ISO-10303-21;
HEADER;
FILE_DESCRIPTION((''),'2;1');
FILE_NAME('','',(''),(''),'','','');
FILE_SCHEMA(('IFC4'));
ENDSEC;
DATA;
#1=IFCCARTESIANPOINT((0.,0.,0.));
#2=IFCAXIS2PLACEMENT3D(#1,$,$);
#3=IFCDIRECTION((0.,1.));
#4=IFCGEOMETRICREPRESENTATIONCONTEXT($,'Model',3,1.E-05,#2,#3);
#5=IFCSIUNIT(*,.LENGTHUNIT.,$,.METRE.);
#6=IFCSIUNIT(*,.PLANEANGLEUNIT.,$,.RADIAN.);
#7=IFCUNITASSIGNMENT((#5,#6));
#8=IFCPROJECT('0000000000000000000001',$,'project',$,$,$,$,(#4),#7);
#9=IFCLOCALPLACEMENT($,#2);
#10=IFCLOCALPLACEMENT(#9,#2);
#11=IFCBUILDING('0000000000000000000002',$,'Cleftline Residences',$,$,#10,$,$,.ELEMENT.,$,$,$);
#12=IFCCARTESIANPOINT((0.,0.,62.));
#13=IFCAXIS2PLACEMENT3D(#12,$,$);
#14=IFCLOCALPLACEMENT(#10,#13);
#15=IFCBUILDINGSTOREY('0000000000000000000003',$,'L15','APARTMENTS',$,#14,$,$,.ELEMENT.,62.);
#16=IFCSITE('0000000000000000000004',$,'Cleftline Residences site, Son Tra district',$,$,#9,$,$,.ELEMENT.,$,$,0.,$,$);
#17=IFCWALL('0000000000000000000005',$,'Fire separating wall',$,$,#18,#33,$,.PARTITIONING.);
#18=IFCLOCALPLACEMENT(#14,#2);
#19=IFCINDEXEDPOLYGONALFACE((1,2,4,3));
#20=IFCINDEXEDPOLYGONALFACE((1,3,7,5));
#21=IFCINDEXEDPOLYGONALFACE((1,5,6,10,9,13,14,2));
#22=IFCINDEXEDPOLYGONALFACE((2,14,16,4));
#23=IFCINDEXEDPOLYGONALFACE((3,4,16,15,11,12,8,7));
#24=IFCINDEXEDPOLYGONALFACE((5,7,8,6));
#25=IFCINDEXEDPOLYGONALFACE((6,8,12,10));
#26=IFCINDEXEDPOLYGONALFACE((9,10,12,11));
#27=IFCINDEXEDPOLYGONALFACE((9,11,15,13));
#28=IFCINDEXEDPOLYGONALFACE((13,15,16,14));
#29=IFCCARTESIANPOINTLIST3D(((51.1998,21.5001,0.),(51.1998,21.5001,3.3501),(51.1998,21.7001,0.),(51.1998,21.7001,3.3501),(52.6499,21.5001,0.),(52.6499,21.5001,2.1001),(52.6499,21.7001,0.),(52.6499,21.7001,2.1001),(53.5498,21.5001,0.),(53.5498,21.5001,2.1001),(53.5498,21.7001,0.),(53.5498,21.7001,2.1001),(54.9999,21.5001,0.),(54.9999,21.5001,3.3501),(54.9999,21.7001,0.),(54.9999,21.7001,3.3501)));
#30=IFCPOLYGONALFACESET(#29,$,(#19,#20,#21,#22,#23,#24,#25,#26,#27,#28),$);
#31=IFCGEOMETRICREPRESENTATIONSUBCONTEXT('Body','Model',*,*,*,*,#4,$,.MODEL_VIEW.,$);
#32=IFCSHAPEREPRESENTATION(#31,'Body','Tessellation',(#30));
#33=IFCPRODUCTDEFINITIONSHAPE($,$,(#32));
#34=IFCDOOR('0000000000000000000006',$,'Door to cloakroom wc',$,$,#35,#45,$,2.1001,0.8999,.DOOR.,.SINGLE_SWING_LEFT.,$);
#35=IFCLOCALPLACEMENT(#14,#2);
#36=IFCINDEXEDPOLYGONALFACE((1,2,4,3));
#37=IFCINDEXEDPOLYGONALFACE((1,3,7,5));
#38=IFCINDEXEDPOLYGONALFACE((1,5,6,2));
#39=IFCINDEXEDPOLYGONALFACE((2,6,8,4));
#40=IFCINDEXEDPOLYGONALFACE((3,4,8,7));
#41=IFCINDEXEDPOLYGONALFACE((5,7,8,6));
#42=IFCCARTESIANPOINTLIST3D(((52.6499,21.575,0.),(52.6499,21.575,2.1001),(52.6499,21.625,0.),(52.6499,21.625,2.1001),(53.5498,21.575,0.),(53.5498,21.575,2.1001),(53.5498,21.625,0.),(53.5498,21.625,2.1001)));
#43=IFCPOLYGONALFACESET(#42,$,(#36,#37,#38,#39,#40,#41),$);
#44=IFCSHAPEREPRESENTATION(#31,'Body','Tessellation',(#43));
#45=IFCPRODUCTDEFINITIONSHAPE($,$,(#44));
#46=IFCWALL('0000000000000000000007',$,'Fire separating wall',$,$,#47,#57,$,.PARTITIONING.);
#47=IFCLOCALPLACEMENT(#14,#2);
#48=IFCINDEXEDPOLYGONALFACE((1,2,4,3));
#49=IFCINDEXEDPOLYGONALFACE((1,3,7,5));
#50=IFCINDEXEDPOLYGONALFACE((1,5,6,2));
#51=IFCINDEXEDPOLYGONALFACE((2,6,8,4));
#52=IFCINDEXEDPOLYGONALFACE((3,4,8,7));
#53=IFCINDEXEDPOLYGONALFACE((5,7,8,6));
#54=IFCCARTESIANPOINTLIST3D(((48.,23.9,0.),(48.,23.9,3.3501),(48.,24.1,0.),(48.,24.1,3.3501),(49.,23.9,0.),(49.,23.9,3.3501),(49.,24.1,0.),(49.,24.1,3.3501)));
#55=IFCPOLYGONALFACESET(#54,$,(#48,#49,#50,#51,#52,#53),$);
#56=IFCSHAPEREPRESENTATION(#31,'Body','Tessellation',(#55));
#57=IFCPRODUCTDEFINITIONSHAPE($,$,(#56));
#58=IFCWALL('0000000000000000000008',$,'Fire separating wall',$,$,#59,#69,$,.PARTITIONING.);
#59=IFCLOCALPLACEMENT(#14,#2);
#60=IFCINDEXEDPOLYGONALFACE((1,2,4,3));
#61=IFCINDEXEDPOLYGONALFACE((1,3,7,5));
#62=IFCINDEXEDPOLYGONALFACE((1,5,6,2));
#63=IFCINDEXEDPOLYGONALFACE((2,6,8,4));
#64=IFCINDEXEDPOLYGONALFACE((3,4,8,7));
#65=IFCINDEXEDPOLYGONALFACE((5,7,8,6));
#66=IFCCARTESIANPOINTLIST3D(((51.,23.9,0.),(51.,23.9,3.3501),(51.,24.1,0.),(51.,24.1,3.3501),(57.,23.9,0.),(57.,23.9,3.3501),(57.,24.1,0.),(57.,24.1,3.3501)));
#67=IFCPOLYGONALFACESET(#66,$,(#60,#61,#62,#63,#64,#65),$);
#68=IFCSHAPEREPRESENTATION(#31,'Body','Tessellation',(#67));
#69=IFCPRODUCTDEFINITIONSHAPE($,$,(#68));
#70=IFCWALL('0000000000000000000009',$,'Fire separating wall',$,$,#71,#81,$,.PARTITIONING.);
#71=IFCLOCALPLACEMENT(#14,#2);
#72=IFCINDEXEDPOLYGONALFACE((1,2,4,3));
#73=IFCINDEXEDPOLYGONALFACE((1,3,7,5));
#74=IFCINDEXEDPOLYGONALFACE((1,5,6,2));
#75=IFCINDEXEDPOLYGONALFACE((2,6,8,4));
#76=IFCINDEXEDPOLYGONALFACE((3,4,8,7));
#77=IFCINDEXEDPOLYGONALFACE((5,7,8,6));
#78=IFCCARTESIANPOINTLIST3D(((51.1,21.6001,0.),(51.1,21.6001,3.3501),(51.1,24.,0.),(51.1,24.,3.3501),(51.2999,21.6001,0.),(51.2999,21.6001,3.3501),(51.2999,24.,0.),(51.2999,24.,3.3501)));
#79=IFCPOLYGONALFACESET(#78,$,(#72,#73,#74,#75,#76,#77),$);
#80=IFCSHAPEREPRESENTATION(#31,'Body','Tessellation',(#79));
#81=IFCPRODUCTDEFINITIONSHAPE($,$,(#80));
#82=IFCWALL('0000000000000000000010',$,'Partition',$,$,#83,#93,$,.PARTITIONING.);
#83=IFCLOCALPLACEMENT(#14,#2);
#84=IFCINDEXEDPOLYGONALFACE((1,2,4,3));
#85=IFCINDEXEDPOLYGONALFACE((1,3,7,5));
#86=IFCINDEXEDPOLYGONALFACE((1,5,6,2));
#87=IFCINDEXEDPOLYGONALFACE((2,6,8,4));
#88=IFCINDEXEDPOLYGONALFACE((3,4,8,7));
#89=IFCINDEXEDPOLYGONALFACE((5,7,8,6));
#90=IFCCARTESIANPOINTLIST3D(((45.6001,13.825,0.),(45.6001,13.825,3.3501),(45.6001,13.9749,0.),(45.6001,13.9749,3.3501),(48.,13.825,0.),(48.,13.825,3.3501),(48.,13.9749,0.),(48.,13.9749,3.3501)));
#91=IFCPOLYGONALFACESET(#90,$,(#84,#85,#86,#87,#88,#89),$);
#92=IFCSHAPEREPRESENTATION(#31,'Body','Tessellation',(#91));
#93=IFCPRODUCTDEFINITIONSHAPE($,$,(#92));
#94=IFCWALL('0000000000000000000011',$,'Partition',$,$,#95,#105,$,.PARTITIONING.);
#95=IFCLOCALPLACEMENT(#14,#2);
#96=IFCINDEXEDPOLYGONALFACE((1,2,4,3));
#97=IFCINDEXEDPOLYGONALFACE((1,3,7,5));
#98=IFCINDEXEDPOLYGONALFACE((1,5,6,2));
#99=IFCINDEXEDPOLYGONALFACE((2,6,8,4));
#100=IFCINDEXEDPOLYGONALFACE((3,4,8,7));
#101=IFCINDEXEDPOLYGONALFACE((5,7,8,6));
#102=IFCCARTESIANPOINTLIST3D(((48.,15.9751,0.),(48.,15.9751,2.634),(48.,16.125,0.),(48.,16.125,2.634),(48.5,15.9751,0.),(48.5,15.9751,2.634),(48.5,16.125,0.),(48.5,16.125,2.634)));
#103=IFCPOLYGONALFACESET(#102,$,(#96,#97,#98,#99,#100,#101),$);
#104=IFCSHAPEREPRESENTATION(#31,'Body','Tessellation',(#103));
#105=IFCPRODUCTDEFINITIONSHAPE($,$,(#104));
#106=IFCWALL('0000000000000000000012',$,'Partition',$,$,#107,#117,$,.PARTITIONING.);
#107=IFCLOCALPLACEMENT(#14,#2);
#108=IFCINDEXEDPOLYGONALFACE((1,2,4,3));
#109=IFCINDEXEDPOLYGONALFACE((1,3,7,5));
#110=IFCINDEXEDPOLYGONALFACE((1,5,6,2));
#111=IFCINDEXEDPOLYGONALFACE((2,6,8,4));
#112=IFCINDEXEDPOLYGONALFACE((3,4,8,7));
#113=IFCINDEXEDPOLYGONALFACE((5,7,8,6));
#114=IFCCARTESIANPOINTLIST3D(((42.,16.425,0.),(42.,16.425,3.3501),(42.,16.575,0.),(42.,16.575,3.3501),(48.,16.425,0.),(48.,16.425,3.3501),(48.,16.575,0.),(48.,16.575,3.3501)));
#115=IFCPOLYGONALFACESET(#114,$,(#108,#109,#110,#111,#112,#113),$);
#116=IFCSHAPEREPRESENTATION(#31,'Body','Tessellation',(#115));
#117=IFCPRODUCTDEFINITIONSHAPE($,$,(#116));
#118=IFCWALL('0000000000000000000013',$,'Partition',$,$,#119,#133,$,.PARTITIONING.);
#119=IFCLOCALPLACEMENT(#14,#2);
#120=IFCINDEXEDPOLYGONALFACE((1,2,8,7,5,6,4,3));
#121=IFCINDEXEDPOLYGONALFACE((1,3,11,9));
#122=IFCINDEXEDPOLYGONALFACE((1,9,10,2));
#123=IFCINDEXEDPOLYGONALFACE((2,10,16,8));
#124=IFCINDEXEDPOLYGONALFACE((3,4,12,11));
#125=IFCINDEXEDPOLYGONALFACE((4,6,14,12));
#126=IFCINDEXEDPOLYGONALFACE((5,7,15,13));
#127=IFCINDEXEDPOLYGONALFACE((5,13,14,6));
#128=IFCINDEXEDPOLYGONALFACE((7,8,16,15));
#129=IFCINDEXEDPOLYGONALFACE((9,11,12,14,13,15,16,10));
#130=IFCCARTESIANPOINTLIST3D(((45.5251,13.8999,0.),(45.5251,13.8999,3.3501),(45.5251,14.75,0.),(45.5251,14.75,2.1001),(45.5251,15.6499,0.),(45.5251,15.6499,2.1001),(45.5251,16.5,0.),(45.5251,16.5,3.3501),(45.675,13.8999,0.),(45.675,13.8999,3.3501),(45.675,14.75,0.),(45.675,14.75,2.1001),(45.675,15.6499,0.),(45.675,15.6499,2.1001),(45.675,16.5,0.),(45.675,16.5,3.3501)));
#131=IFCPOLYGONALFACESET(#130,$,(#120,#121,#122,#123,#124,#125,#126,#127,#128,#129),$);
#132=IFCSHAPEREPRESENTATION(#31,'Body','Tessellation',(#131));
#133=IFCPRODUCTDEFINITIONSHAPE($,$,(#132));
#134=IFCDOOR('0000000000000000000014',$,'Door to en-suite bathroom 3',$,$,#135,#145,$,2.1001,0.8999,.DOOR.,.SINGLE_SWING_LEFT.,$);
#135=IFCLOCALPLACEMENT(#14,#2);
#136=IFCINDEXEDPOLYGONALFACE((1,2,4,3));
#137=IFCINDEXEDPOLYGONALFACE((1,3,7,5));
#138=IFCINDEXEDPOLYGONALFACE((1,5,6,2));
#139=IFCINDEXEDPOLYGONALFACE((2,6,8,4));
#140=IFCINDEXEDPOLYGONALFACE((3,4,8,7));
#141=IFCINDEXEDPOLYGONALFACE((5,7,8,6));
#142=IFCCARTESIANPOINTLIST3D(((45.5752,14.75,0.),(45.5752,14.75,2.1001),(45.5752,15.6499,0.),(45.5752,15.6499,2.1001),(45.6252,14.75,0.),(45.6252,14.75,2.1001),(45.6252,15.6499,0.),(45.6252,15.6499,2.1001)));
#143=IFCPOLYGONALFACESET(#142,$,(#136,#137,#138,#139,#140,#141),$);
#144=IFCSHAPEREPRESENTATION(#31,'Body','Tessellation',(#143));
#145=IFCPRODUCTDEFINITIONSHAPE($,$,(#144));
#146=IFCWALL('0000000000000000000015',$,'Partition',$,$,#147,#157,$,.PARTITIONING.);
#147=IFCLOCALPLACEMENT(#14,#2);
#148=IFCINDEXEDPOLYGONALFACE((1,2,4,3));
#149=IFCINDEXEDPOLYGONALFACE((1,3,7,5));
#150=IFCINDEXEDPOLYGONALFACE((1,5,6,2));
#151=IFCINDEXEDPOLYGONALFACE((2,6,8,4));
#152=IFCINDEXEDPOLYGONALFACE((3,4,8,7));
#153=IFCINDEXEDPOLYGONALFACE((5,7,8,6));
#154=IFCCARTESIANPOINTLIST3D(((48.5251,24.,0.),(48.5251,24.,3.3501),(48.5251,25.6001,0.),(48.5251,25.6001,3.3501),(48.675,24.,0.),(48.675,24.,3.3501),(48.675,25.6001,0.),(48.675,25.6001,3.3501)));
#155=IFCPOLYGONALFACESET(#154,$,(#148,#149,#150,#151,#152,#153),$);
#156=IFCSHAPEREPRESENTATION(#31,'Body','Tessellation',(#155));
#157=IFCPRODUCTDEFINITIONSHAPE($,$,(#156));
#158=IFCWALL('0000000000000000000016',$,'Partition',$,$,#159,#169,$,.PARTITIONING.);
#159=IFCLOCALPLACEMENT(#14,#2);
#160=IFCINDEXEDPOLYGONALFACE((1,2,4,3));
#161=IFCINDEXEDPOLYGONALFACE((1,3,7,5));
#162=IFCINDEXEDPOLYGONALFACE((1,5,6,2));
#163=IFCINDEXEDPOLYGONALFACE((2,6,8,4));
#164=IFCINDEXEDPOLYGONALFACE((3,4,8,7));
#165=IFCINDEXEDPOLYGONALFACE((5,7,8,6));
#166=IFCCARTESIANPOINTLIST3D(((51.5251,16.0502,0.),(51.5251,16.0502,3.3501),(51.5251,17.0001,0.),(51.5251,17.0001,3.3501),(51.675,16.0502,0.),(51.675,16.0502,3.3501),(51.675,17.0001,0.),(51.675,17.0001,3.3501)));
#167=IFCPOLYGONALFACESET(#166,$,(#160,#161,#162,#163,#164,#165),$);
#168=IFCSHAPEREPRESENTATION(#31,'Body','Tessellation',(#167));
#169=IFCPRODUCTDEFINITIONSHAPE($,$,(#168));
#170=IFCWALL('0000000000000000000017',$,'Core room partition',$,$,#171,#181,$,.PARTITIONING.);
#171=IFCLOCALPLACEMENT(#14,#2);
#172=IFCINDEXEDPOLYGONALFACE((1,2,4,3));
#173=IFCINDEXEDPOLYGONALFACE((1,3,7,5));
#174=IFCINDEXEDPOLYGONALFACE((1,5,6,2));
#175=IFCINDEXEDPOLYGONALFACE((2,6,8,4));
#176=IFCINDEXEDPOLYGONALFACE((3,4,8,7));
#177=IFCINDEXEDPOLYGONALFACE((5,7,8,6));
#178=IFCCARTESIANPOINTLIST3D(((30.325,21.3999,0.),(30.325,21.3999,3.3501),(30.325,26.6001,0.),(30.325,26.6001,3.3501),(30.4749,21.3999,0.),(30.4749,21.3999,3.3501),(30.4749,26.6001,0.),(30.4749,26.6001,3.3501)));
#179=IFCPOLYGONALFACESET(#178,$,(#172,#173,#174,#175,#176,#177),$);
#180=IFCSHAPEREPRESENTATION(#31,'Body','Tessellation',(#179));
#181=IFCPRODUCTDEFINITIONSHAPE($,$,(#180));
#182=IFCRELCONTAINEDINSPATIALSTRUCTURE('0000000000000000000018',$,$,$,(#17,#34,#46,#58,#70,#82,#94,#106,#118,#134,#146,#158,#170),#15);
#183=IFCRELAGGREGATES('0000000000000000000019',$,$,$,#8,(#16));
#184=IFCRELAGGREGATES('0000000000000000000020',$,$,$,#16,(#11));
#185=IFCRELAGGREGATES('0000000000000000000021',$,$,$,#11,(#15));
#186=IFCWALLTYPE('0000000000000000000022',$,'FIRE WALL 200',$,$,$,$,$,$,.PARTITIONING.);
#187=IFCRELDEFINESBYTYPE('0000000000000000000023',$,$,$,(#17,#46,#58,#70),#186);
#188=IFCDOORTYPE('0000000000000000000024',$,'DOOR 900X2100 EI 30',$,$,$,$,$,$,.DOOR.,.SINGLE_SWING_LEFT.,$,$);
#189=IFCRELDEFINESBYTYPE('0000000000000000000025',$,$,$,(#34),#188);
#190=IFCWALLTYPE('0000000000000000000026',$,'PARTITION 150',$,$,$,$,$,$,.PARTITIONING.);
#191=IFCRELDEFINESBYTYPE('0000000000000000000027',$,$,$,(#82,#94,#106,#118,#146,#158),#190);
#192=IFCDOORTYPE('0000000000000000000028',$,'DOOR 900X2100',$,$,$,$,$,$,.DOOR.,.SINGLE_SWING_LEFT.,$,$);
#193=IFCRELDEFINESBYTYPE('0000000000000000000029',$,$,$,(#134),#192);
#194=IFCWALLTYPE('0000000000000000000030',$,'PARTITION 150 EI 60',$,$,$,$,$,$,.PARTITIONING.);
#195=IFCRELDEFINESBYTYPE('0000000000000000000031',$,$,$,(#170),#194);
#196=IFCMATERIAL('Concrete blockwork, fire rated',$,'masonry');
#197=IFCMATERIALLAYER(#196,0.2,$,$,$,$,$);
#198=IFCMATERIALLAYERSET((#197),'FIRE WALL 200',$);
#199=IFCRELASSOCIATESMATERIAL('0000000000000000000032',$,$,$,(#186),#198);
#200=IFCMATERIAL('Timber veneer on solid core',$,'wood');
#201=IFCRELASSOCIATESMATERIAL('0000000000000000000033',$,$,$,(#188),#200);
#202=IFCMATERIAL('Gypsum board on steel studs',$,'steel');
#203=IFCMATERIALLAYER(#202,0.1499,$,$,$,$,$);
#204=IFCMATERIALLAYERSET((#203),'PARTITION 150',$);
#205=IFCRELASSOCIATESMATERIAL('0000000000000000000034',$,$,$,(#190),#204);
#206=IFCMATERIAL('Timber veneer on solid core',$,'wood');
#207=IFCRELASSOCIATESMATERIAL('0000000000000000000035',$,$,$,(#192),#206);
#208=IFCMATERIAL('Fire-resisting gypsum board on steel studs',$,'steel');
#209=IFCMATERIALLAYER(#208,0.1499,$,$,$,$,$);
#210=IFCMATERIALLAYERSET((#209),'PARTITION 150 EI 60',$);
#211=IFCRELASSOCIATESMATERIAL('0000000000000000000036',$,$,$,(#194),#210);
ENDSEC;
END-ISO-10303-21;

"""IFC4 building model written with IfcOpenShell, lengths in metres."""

from ifc_helpers import new_model, si_unit, direction, frame, frame_2d, origin, place, context, subcontext, project, spatial, rectangle, extrude, material, layer, layer_set, type_object, element, fill, save


model = new_model("IFC4")

# Units and contexts
model_context = context("Model", 3, precision=1e-05, world=origin(), true_north=direction((0.0, 1.0)))
body_context = subcontext(model_context, "Body", "Model", "MODEL_VIEW")
ifc_project = project(units=[si_unit("LENGTHUNIT", "METRE"), si_unit("PLANEANGLEUNIT", "RADIAN")], contexts=[model_context])

# Site, building, storey
site_placement = place(None, origin())
site = spatial("IfcSite", under=ifc_project, at=site_placement, Name="Cleftline Residences site, Son Tra district", CompositionType="ELEMENT", RefElevation=0.0)
building_placement = place(site_placement, origin())
building = spatial("IfcBuilding", under=site, at=building_placement, Name="Cleftline Residences", CompositionType="ELEMENT")
storey_placement = place(building_placement, frame((0.0, 0.0, 62.0)))
storey = spatial("IfcBuildingStorey", under=building, at=storey_placement, Name="L15", Description="APARTMENTS", CompositionType="ELEMENT", Elevation=62.0)

# Shared definitions
ifc_material_1 = material(Name="Concrete blockwork, fire rated", Category="masonry")
ifc_layer_1 = layer(ifc_material_1, 0.2)
ifc_layer_set_1 = layer_set([ifc_layer_1], Name="FIRE WALL 200")
wall_type_1 = type_object("IfcWallType", Name="FIRE WALL 200", PredefinedType="PARTITIONING", material=ifc_layer_set_1)

# Wall, opening, door
wall_1_placement = place(storey_placement, frame((51.2, 21.6001, 0.0), z_axis=(0.0, 0.0, 1.0), x_axis=(1.0, 0.0, 0.0)))
wall_1 = element("IfcWall", 1, at=wall_1_placement, inside=storey, type_object=wall_type_1, Name="Fire separating wall", PredefinedType="PARTITIONING", context=body_context, shape_type="SweptSolid", body=[
    extrude(rectangle(XDim=3.8, YDim=0.2, at=frame_2d((1.8999, 0.0))), origin(), (0.0, 0.0, 1.0), 3.3501),
])
opening_1_placement = place(wall_1_placement, frame((1.45, 0.0, 0.0)))
opening_1 = element("IfcOpeningElement", 2, at=opening_1_placement, cuts=wall_1, PredefinedType="OPENING", context=body_context, shape_type="SweptSolid", body=[
    extrude(rectangle(XDim=0.8999, YDim=2.1001, at=frame_2d((0.45, 1.05))), frame((0.0, 0.1099, 0.0), z_axis=(0.0, -1.0, 0.0), x_axis=(1.0, 0.0, 0.0)), (0.0, 0.0, 1.0), 0.22),
])
ifc_material_2 = material(Name="Timber veneer on solid core", Category="wood")
door_type_1 = type_object("IfcDoorType", Name="DOOR 900X2100 EI 30", OperationType="SINGLE_SWING_LEFT", PredefinedType="DOOR", material=ifc_material_2)
door_1_placement = place(opening_1_placement, origin())
door_1 = element("IfcDoor", 3, at=door_1_placement, inside=storey, type_object=door_type_1, Name="Door to cloakroom wc", OperationType="SINGLE_SWING_LEFT", OverallHeight=2.1001, OverallWidth=0.8999, PredefinedType="DOOR", context=body_context, shape_type="SweptSolid", body=[
    extrude(rectangle(XDim=0.8999, YDim=2.1001, at=frame_2d((0.45, 1.05))), frame((0.0, 0.0249, 0.0), z_axis=(0.0, -1.0, 0.0), x_axis=(1.0, 0.0, 0.0)), (0.0, 0.0, 1.0), 0.05),
])
fill(opening_1, door_1)

# Walls
wall_2_placement = place(storey_placement, frame((48.0, 24.0, 0.0), z_axis=(0.0, 0.0, 1.0), x_axis=(1.0, 0.0, 0.0)))
element("IfcWall", 4, at=wall_2_placement, inside=storey, type_object=wall_type_1, Name="Fire separating wall", PredefinedType="PARTITIONING", context=body_context, shape_type="SweptSolid", body=[
    extrude(rectangle(XDim=1.0, YDim=0.2, at=frame_2d((0.5, 0.0))), origin(), (0.0, 0.0, 1.0), 3.3501),
])
wall_3_placement = place(storey_placement, frame((51.0, 24.0, 0.0), z_axis=(0.0, 0.0, 1.0), x_axis=(1.0, 0.0, 0.0)))
element("IfcWall", 5, at=wall_3_placement, inside=storey, type_object=wall_type_1, Name="Fire separating wall", PredefinedType="PARTITIONING", context=body_context, shape_type="SweptSolid", body=[
    extrude(rectangle(XDim=6.0, YDim=0.2, at=frame_2d((3.0, 0.0))), origin(), (0.0, 0.0, 1.0), 3.3501),
])

# Walls
wall_4_placement = place(storey_placement, frame((51.2, 21.6001, 0.0), z_axis=(0.0, 0.0, 1.0), x_axis=(0.0, 1.0, 0.0)))
element("IfcWall", 6, at=wall_4_placement, inside=storey, type_object=wall_type_1, Name="Fire separating wall", PredefinedType="PARTITIONING", context=body_context, shape_type="SweptSolid", body=[
    extrude(rectangle(XDim=2.3999, YDim=0.2, at=frame_2d((1.2, 0.0))), origin(), (0.0, 0.0, 1.0), 3.3501),
])
ifc_material_3 = material(Name="Gypsum board on steel studs", Category="steel")
ifc_layer_2 = layer(ifc_material_3, 0.1499)
ifc_layer_set_2 = layer_set([ifc_layer_2], Name="PARTITION 150")
wall_type_2 = type_object("IfcWallType", Name="PARTITION 150", PredefinedType="PARTITIONING", material=ifc_layer_set_2)
wall_5_placement = place(storey_placement, frame((45.6001, 13.8999, 0.0), z_axis=(0.0, 0.0, 1.0), x_axis=(1.0, 0.0, 0.0)))
element("IfcWall", 7, at=wall_5_placement, inside=storey, type_object=wall_type_2, Name="Partition", PredefinedType="PARTITIONING", context=body_context, shape_type="SweptSolid", body=[
    extrude(rectangle(XDim=2.3999, YDim=0.1499, at=frame_2d((1.2, 0.0))), origin(), (0.0, 0.0, 1.0), 3.3501),
])
wall_6_placement = place(storey_placement, frame((48.0, 16.05, 0.0), z_axis=(0.0, 0.0, 1.0), x_axis=(1.0, 0.0, 0.0)))
element("IfcWall", 8, at=wall_6_placement, inside=storey, type_object=wall_type_2, Name="Partition", PredefinedType="PARTITIONING", context=body_context, shape_type="SweptSolid", body=[
    extrude(rectangle(XDim=0.5, YDim=0.1499, at=frame_2d((0.25, 0.0))), origin(), (0.0, 0.0, 1.0), 2.634),
])
wall_7_placement = place(storey_placement, frame((42.0, 16.5, 0.0), z_axis=(0.0, 0.0, 1.0), x_axis=(1.0, 0.0, 0.0)))
element("IfcWall", 9, at=wall_7_placement, inside=storey, type_object=wall_type_2, Name="Partition", PredefinedType="PARTITIONING", context=body_context, shape_type="SweptSolid", body=[
    extrude(rectangle(XDim=6.0, YDim=0.1499, at=frame_2d((3.0, 0.0))), origin(), (0.0, 0.0, 1.0), 3.3501),
])

# Wall, opening, door
wall_8_placement = place(storey_placement, frame((45.6001, 13.8999, 0.0), z_axis=(0.0, 0.0, 1.0), x_axis=(0.0, 1.0, 0.0)))
wall_8 = element("IfcWall", 10, at=wall_8_placement, inside=storey, type_object=wall_type_2, Name="Partition", PredefinedType="PARTITIONING", context=body_context, shape_type="SweptSolid", body=[
    extrude(rectangle(XDim=2.6001, YDim=0.1499, at=frame_2d((1.3, 0.0))), origin(), (0.0, 0.0, 1.0), 3.3501),
])
opening_2_placement = place(wall_8_placement, frame((0.8501, 0.0, 0.0)))
opening_2 = element("IfcOpeningElement", 11, at=opening_2_placement, cuts=wall_8, PredefinedType="OPENING", context=body_context, shape_type="SweptSolid", body=[
    extrude(rectangle(XDim=0.8999, YDim=2.1001, at=frame_2d((0.45, 1.05))), frame((0.0, 0.085, 0.0), z_axis=(0.0, -1.0, 0.0), x_axis=(1.0, 0.0, 0.0)), (0.0, 0.0, 1.0), 0.1699),
])
ifc_material_4 = material(Name="Timber veneer on solid core", Category="wood")
door_type_2 = type_object("IfcDoorType", Name="DOOR 900X2100", OperationType="SINGLE_SWING_LEFT", PredefinedType="DOOR", material=ifc_material_4)
door_2_placement = place(opening_2_placement, origin())
door_2 = element("IfcDoor", 12, at=door_2_placement, inside=storey, type_object=door_type_2, Name="Door to en-suite bathroom 3", OperationType="SINGLE_SWING_LEFT", OverallHeight=2.1001, OverallWidth=0.8999, PredefinedType="DOOR", context=body_context, shape_type="SweptSolid", body=[
    extrude(rectangle(XDim=0.8999, YDim=2.1001, at=frame_2d((0.45, 1.05))), frame((0.0, 0.0249, 0.0), z_axis=(0.0, -1.0, 0.0), x_axis=(1.0, 0.0, 0.0)), (0.0, 0.0, 1.0), 0.05),
])
fill(opening_2, door_2)

# Walls
wall_9_placement = place(storey_placement, frame((48.6001, 24.0, 0.0), z_axis=(0.0, 0.0, 1.0), x_axis=(0.0, 1.0, 0.0)))
element("IfcWall", 13, at=wall_9_placement, inside=storey, type_object=wall_type_2, Name="Partition", PredefinedType="PARTITIONING", context=body_context, shape_type="SweptSolid", body=[
    extrude(rectangle(XDim=1.6001, YDim=0.1499, at=frame_2d((0.8, 0.0))), origin(), (0.0, 0.0, 1.0), 3.3501),
])
wall_10_placement = place(storey_placement, frame((51.6001, 16.05, 0.0), z_axis=(0.0, 0.0, 1.0), x_axis=(0.0, 1.0, 0.0)))
element("IfcWall", 14, at=wall_10_placement, inside=storey, type_object=wall_type_2, Name="Partition", PredefinedType="PARTITIONING", context=body_context, shape_type="SweptSolid", body=[
    extrude(rectangle(XDim=0.95, YDim=0.1499, at=frame_2d((0.4751, 0.0))), origin(), (0.0, 0.0, 1.0), 3.3501),
])
ifc_material_5 = material(Name="Fire-resisting gypsum board on steel studs", Category="steel")
ifc_layer_3 = layer(ifc_material_5, 0.1499)
ifc_layer_set_3 = layer_set([ifc_layer_3], Name="PARTITION 150 EI 60")
wall_type_3 = type_object("IfcWallType", Name="PARTITION 150 EI 60", PredefinedType="PARTITIONING", material=ifc_layer_set_3)
for number, where, z_axis, x_axis, name in (
    (15, (30.3999, 21.3999, 0.0), (0.0, 0.0, 1.0), (0.0, 1.0, 0.0), "Core room partition"),
):
    element("IfcWall", number, at=place(storey_placement, frame(where, z_axis=z_axis, x_axis=x_axis)), inside=storey, type_object=wall_type_3, Name=name, PredefinedType="PARTITIONING", context=body_context, shape_type="SweptSolid", body=[
        extrude(rectangle(XDim=5.2002, YDim=0.1499, at=frame_2d((2.6001, 0.0))), origin(), (0.0, 0.0, 1.0), 3.3501),
    ])

save(model, "model.ifc")
